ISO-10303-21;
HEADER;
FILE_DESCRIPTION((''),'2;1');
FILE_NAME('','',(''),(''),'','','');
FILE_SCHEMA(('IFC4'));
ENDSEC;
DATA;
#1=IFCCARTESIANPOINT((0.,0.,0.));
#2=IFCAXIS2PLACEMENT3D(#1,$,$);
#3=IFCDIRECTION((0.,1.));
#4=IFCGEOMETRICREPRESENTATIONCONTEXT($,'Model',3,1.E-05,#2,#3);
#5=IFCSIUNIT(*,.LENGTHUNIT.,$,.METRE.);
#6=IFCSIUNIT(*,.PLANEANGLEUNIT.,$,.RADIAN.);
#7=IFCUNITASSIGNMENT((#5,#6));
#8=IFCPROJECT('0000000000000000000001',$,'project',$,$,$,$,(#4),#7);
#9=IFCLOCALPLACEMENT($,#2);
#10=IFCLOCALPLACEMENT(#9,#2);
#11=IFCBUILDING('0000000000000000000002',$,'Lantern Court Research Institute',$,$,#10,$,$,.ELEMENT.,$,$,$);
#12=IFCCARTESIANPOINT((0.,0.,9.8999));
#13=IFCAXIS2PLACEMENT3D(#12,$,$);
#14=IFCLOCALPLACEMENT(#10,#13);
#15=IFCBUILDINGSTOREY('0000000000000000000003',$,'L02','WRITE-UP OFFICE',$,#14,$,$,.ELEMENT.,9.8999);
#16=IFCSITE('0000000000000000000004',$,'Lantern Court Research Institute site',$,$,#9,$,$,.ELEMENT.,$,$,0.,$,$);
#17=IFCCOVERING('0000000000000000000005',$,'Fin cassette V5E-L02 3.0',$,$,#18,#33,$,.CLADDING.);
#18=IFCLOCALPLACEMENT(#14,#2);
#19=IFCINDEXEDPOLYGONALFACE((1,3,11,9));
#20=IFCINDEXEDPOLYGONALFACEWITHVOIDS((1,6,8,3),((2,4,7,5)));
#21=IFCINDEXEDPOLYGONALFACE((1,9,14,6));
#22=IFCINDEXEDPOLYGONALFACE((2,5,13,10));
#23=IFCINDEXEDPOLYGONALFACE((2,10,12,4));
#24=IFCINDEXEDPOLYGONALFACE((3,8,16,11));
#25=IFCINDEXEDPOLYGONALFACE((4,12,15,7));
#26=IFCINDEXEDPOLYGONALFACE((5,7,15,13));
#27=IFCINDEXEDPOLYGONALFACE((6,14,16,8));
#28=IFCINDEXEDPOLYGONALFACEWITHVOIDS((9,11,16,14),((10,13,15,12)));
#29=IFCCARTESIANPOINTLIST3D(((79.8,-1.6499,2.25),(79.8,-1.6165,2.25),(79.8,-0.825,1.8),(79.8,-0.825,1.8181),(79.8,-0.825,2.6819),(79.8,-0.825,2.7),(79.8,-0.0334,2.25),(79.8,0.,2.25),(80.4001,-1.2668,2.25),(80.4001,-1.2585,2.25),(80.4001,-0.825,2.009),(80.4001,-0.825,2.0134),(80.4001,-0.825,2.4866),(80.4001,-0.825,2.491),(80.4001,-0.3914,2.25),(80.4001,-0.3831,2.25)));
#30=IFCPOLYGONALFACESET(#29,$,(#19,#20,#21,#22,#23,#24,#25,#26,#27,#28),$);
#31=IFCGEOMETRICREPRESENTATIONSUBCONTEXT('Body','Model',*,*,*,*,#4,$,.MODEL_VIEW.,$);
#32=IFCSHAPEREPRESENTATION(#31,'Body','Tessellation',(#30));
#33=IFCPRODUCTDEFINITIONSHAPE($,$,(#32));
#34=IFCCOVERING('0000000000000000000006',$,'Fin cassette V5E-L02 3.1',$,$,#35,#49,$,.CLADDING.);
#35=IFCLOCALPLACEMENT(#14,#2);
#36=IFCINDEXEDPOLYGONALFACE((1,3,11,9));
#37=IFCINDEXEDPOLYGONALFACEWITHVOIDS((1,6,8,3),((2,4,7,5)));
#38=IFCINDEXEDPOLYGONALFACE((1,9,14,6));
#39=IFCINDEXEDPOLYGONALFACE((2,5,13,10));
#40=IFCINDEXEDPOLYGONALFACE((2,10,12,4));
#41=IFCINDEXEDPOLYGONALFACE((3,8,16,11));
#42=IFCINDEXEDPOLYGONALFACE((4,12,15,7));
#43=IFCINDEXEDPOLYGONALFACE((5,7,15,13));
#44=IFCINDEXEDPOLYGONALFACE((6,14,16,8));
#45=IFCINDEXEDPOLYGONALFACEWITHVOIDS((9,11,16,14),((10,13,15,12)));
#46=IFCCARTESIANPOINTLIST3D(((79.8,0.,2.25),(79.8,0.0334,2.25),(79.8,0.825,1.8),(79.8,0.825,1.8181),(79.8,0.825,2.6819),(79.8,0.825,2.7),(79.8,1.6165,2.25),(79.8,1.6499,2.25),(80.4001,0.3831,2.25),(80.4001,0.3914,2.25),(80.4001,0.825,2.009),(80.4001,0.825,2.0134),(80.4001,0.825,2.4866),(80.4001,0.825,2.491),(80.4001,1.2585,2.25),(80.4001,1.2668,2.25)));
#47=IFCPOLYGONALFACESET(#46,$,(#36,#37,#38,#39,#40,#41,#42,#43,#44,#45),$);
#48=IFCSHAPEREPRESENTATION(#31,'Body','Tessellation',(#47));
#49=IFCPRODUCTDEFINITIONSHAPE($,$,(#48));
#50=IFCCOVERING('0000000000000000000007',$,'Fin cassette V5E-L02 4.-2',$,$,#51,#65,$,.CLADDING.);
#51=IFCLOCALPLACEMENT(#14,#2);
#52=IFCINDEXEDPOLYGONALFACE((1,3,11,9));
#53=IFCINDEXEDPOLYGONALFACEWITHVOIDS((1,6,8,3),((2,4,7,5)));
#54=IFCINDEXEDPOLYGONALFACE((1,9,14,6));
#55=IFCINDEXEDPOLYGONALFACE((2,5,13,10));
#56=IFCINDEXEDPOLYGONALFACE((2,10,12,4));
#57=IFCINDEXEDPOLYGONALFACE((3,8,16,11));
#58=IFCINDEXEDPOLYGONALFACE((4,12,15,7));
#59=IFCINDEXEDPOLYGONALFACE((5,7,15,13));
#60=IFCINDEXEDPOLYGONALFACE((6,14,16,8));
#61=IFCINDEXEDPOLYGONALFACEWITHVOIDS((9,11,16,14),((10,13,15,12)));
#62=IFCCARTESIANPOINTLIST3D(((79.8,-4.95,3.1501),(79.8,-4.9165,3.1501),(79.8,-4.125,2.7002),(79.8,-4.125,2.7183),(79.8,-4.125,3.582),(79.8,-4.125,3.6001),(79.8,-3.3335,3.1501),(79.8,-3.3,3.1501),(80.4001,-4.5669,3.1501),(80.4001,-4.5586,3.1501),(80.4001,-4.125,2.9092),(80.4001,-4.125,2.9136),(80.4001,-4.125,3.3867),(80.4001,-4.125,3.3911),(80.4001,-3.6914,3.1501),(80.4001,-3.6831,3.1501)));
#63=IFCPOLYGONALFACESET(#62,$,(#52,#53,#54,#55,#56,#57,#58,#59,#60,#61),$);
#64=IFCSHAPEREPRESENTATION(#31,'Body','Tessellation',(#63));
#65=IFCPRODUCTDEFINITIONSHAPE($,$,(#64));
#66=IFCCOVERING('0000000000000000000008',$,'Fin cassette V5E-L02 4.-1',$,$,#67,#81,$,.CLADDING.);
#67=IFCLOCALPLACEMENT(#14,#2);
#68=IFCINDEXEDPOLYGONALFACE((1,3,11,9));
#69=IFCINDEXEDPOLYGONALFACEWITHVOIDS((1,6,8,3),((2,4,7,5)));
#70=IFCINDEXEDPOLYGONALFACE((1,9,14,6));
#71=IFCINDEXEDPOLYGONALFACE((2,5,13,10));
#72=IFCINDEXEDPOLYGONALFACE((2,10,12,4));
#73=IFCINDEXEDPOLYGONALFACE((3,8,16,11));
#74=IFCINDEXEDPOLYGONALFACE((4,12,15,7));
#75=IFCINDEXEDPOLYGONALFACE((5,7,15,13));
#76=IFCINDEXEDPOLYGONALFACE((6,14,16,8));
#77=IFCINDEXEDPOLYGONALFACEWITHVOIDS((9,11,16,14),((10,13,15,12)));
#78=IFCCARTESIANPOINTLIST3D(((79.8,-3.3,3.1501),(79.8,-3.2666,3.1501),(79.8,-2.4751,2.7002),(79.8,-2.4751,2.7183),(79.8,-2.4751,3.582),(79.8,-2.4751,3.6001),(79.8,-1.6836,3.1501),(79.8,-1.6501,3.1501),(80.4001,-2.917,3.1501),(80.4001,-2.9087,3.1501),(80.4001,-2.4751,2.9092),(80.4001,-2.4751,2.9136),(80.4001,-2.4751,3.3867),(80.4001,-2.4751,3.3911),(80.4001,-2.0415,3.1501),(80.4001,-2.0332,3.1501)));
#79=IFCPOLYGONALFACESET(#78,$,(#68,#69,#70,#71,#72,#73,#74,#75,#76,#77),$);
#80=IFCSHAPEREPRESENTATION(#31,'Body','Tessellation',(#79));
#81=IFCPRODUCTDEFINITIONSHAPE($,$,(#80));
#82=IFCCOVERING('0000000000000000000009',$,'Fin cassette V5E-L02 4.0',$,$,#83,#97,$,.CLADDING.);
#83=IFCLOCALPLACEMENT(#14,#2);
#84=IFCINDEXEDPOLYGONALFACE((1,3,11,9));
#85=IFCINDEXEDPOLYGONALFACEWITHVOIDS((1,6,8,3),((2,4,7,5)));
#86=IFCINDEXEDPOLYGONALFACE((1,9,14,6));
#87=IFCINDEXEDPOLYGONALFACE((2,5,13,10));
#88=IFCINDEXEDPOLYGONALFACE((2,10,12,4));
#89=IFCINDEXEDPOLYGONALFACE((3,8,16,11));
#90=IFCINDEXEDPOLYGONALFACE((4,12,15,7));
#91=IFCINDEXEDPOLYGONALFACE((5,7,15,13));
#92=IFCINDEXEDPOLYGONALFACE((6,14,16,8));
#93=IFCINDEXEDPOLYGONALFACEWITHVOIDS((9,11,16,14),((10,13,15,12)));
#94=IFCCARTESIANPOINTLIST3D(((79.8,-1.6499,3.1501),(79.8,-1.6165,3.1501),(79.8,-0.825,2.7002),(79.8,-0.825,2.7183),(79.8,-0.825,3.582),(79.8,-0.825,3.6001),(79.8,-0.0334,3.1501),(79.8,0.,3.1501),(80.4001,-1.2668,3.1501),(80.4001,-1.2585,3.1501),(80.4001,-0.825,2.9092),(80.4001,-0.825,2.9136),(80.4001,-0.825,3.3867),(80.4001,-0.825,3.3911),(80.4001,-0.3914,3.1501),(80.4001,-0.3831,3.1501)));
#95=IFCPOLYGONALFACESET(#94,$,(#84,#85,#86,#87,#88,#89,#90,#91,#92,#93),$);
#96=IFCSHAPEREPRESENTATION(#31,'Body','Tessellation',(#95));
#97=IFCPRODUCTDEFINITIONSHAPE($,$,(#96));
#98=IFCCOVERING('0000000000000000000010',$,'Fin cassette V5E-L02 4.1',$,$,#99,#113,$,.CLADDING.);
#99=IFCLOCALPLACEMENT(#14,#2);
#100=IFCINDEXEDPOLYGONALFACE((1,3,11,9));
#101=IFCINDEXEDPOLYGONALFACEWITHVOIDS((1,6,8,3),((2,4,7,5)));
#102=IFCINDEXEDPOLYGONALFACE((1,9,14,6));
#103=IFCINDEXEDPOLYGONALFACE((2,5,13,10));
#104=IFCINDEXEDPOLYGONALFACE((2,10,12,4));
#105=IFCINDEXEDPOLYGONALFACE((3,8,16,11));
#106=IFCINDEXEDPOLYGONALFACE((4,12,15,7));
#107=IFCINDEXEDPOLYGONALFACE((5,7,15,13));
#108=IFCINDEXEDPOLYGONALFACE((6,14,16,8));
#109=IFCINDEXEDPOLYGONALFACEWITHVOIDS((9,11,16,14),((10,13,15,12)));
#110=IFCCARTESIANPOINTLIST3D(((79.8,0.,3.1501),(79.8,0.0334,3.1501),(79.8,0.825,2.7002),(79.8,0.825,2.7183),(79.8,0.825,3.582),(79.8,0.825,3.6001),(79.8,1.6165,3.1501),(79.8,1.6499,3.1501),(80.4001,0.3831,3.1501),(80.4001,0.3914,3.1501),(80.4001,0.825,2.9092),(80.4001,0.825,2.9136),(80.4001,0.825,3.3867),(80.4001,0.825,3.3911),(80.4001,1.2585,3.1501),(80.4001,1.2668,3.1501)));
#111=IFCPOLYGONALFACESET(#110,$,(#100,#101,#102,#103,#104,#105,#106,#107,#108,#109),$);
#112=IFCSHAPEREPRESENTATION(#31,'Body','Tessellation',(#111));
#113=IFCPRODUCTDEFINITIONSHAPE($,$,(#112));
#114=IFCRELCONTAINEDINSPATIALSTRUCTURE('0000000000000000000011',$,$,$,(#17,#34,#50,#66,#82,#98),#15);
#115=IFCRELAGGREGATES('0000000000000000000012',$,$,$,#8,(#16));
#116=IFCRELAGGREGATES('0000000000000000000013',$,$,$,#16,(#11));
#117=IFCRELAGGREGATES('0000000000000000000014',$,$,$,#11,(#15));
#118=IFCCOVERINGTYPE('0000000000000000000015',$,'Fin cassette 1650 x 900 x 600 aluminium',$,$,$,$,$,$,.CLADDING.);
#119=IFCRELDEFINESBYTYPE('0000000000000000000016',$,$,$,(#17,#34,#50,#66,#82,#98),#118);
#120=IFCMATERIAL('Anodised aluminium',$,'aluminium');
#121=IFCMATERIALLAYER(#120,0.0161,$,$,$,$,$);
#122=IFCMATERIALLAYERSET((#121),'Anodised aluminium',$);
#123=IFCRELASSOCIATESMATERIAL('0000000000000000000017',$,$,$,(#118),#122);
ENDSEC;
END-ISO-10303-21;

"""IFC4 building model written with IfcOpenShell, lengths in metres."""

from ifc_helpers import new_model, entity, si_unit, direction, frame, origin, place, context, subcontext, project, spatial, material, layer, layer_set, type_object, element, save


model = new_model("IFC4")

# Units and contexts
model_context = context("Model", 3, precision=1e-05, world=origin(), true_north=direction((0.0, 1.0)))
body_context = subcontext(model_context, "Body", "Model", "MODEL_VIEW")
ifc_project = project(units=[si_unit("LENGTHUNIT", "METRE"), si_unit("PLANEANGLEUNIT", "RADIAN")], contexts=[model_context])

# Site, building, storey
site_placement = place(None, origin())
site = spatial("IfcSite", under=ifc_project, at=site_placement, Name="Lantern Court Research Institute site", CompositionType="ELEMENT", RefElevation=0.0)
building_placement = place(site_placement, origin())
building = spatial("IfcBuilding", under=site, at=building_placement, Name="Lantern Court Research Institute", CompositionType="ELEMENT")
storey_placement = place(building_placement, frame((0.0, 0.0, 9.8999)))
storey = spatial("IfcBuildingStorey", under=building, at=storey_placement, Name="L02", Description="WRITE-UP OFFICE", CompositionType="ELEMENT", Elevation=9.8999)

# Coverings
ifc_material_1 = material(Name="Anodised aluminium", Category="aluminium")
ifc_layer_1 = layer(ifc_material_1, 0.0161)
ifc_layer_set_1 = layer_set([ifc_layer_1], Name="Anodised aluminium")
covering_type = type_object("IfcCoveringType", Name="Fin cassette 1650 x 900 x 600 aluminium", PredefinedType="CLADDING", material=ifc_layer_set_1)
covering_1_placement = place(storey_placement, frame((79.8, -0.825, 2.25), z_axis=(1.0, 0.0, 0.0), x_axis=(0.0, 1.0, 0.0)))
cartesian_point_1 = entity("IfcCartesianPoint", [0.825, 0.0])
cartesian_point_2 = entity("IfcCartesianPoint", [0.7915, 0.0])
cartesian_point_3 = entity("IfcCartesianPoint", [0.4419, 0.0])
cartesian_point_4 = entity("IfcCartesianPoint", [0.4336, 0.0])
element("IfcCovering", 1, at=covering_1_placement, inside=storey, type_object=covering_type, Name="Fin cassette V5E-L02 3.0", PredefinedType="CLADDING", context=body_context, shape_type="SweptSolid", body=[
    entity("IfcExtrudedAreaSolidTapered", entity("IfcArbitraryProfileDefWithVoids", "AREA", None, entity("IfcPolyline", [cartesian_point_1, entity("IfcCartesianPoint", [0.0, 0.45]), entity("IfcCartesianPoint", [-0.825, 0.0]), entity("IfcCartesianPoint", [0.0, -0.45]), cartesian_point_1]), [entity("IfcPolyline", [cartesian_point_2, entity("IfcCartesianPoint", [0.0, 0.4319]), entity("IfcCartesianPoint", [-0.7915, 0.0]), entity("IfcCartesianPoint", [0.0, -0.4319]), cartesian_point_2])]), entity("IfcAxis2Placement3D", entity("IfcCartesianPoint", [0.0, 0.0, 0.0])), entity("IfcDirection", [0.0, 0.0, 1.0]), 0.6001, entity("IfcArbitraryProfileDefWithVoids", "AREA", None, entity("IfcPolyline", [cartesian_point_3, entity("IfcCartesianPoint", [0.0, 0.241]), entity("IfcCartesianPoint", [-0.4419, 0.0]), entity("IfcCartesianPoint", [0.0, -0.241]), cartesian_point_3]), [entity("IfcPolyline", [cartesian_point_4, entity("IfcCartesianPoint", [0.0, 0.2366]), entity("IfcCartesianPoint", [-0.4336, 0.0]), entity("IfcCartesianPoint", [0.0, -0.2366]), cartesian_point_4])])),
])
covering_2_placement = place(storey_placement, frame((79.8, 0.825, 2.25), z_axis=(1.0, 0.0, 0.0), x_axis=(0.0, 1.0, 0.0)))
cartesian_point_5 = entity("IfcCartesianPoint", [0.825, 0.0])
cartesian_point_6 = entity("IfcCartesianPoint", [0.7915, 0.0])
cartesian_point_7 = entity("IfcCartesianPoint", [0.4419, 0.0])
cartesian_point_8 = entity("IfcCartesianPoint", [0.4336, 0.0])
element("IfcCovering", 2, at=covering_2_placement, inside=storey, type_object=covering_type, Name="Fin cassette V5E-L02 3.1", PredefinedType="CLADDING", context=body_context, shape_type="SweptSolid", body=[
    entity("IfcExtrudedAreaSolidTapered", entity("IfcArbitraryProfileDefWithVoids", "AREA", None, entity("IfcPolyline", [cartesian_point_5, entity("IfcCartesianPoint", [0.0, 0.45]), entity("IfcCartesianPoint", [-0.825, 0.0]), entity("IfcCartesianPoint", [0.0, -0.45]), cartesian_point_5]), [entity("IfcPolyline", [cartesian_point_6, entity("IfcCartesianPoint", [0.0, 0.4319]), entity("IfcCartesianPoint", [-0.7915, 0.0]), entity("IfcCartesianPoint", [0.0, -0.4319]), cartesian_point_6])]), entity("IfcAxis2Placement3D", entity("IfcCartesianPoint", [0.0, 0.0, 0.0])), entity("IfcDirection", [0.0, 0.0, 1.0]), 0.6001, entity("IfcArbitraryProfileDefWithVoids", "AREA", None, entity("IfcPolyline", [cartesian_point_7, entity("IfcCartesianPoint", [0.0, 0.241]), entity("IfcCartesianPoint", [-0.4419, 0.0]), entity("IfcCartesianPoint", [0.0, -0.241]), cartesian_point_7]), [entity("IfcPolyline", [cartesian_point_8, entity("IfcCartesianPoint", [0.0, 0.2366]), entity("IfcCartesianPoint", [-0.4336, 0.0]), entity("IfcCartesianPoint", [0.0, -0.2366]), cartesian_point_8])])),
])
covering_3_placement = place(storey_placement, frame((79.8, -4.125, 3.1501), z_axis=(1.0, 0.0, 0.0), x_axis=(0.0, 1.0, 0.0)))
cartesian_point_9 = entity("IfcCartesianPoint", [0.825, 0.0])
cartesian_point_10 = entity("IfcCartesianPoint", [0.7915, 0.0])
cartesian_point_11 = entity("IfcCartesianPoint", [0.4419, 0.0])
cartesian_point_12 = entity("IfcCartesianPoint", [0.4336, 0.0])
element("IfcCovering", 3, at=covering_3_placement, inside=storey, type_object=covering_type, Name="Fin cassette V5E-L02 4.-2", PredefinedType="CLADDING", context=body_context, shape_type="SweptSolid", body=[
    entity("IfcExtrudedAreaSolidTapered", entity("IfcArbitraryProfileDefWithVoids", "AREA", None, entity("IfcPolyline", [cartesian_point_9, entity("IfcCartesianPoint", [0.0, 0.45]), entity("IfcCartesianPoint", [-0.825, 0.0]), entity("IfcCartesianPoint", [0.0, -0.45]), cartesian_point_9]), [entity("IfcPolyline", [cartesian_point_10, entity("IfcCartesianPoint", [0.0, 0.4319]), entity("IfcCartesianPoint", [-0.7915, 0.0]), entity("IfcCartesianPoint", [0.0, -0.4319]), cartesian_point_10])]), entity("IfcAxis2Placement3D", entity("IfcCartesianPoint", [0.0, 0.0, 0.0])), entity("IfcDirection", [0.0, 0.0, 1.0]), 0.6001, entity("IfcArbitraryProfileDefWithVoids", "AREA", None, entity("IfcPolyline", [cartesian_point_11, entity("IfcCartesianPoint", [0.0, 0.241]), entity("IfcCartesianPoint", [-0.4419, 0.0]), entity("IfcCartesianPoint", [0.0, -0.241]), cartesian_point_11]), [entity("IfcPolyline", [cartesian_point_12, entity("IfcCartesianPoint", [0.0, 0.2366]), entity("IfcCartesianPoint", [-0.4336, 0.0]), entity("IfcCartesianPoint", [0.0, -0.2366]), cartesian_point_12])])),
])
covering_4_placement = place(storey_placement, frame((79.8, -2.4751, 3.1501), z_axis=(1.0, 0.0, 0.0), x_axis=(0.0, 1.0, 0.0)))
cartesian_point_13 = entity("IfcCartesianPoint", [0.825, 0.0])
cartesian_point_14 = entity("IfcCartesianPoint", [0.7915, 0.0])
cartesian_point_15 = entity("IfcCartesianPoint", [0.4419, 0.0])
cartesian_point_16 = entity("IfcCartesianPoint", [0.4336, 0.0])
element("IfcCovering", 4, at=covering_4_placement, inside=storey, type_object=covering_type, Name="Fin cassette V5E-L02 4.-1", PredefinedType="CLADDING", context=body_context, shape_type="SweptSolid", body=[
    entity("IfcExtrudedAreaSolidTapered", entity("IfcArbitraryProfileDefWithVoids", "AREA", None, entity("IfcPolyline", [cartesian_point_13, entity("IfcCartesianPoint", [0.0, 0.45]), entity("IfcCartesianPoint", [-0.825, 0.0]), entity("IfcCartesianPoint", [0.0, -0.45]), cartesian_point_13]), [entity("IfcPolyline", [cartesian_point_14, entity("IfcCartesianPoint", [0.0, 0.4319]), entity("IfcCartesianPoint", [-0.7915, 0.0]), entity("IfcCartesianPoint", [0.0, -0.4319]), cartesian_point_14])]), entity("IfcAxis2Placement3D", entity("IfcCartesianPoint", [0.0, 0.0, 0.0])), entity("IfcDirection", [0.0, 0.0, 1.0]), 0.6001, entity("IfcArbitraryProfileDefWithVoids", "AREA", None, entity("IfcPolyline", [cartesian_point_15, entity("IfcCartesianPoint", [0.0, 0.241]), entity("IfcCartesianPoint", [-0.4419, 0.0]), entity("IfcCartesianPoint", [0.0, -0.241]), cartesian_point_15]), [entity("IfcPolyline", [cartesian_point_16, entity("IfcCartesianPoint", [0.0, 0.2366]), entity("IfcCartesianPoint", [-0.4336, 0.0]), entity("IfcCartesianPoint", [0.0, -0.2366]), cartesian_point_16])])),
])
covering_5_placement = place(storey_placement, frame((79.8, -0.825, 3.1501), z_axis=(1.0, 0.0, 0.0), x_axis=(0.0, 1.0, 0.0)))
cartesian_point_17 = entity("IfcCartesianPoint", [0.825, 0.0])
cartesian_point_18 = entity("IfcCartesianPoint", [0.7915, 0.0])
cartesian_point_19 = entity("IfcCartesianPoint", [0.4419, 0.0])
cartesian_point_20 = entity("IfcCartesianPoint", [0.4336, 0.0])
element("IfcCovering", 5, at=covering_5_placement, inside=storey, type_object=covering_type, Name="Fin cassette V5E-L02 4.0", PredefinedType="CLADDING", context=body_context, shape_type="SweptSolid", body=[
    entity("IfcExtrudedAreaSolidTapered", entity("IfcArbitraryProfileDefWithVoids", "AREA", None, entity("IfcPolyline", [cartesian_point_17, entity("IfcCartesianPoint", [0.0, 0.45]), entity("IfcCartesianPoint", [-0.825, 0.0]), entity("IfcCartesianPoint", [0.0, -0.45]), cartesian_point_17]), [entity("IfcPolyline", [cartesian_point_18, entity("IfcCartesianPoint", [0.0, 0.4319]), entity("IfcCartesianPoint", [-0.7915, 0.0]), entity("IfcCartesianPoint", [0.0, -0.4319]), cartesian_point_18])]), entity("IfcAxis2Placement3D", entity("IfcCartesianPoint", [0.0, 0.0, 0.0])), entity("IfcDirection", [0.0, 0.0, 1.0]), 0.6001, entity("IfcArbitraryProfileDefWithVoids", "AREA", None, entity("IfcPolyline", [cartesian_point_19, entity("IfcCartesianPoint", [0.0, 0.241]), entity("IfcCartesianPoint", [-0.4419, 0.0]), entity("IfcCartesianPoint", [0.0, -0.241]), cartesian_point_19]), [entity("IfcPolyline", [cartesian_point_20, entity("IfcCartesianPoint", [0.0, 0.2366]), entity("IfcCartesianPoint", [-0.4336, 0.0]), entity("IfcCartesianPoint", [0.0, -0.2366]), cartesian_point_20])])),
])
covering_6_placement = place(storey_placement, frame((79.8, 0.825, 3.1501), z_axis=(1.0, 0.0, 0.0), x_axis=(0.0, 1.0, 0.0)))
cartesian_point_21 = entity("IfcCartesianPoint", [0.825, 0.0])
cartesian_point_22 = entity("IfcCartesianPoint", [0.7915, 0.0])
cartesian_point_23 = entity("IfcCartesianPoint", [0.4419, 0.0])
cartesian_point_24 = entity("IfcCartesianPoint", [0.4336, 0.0])
element("IfcCovering", 6, at=covering_6_placement, inside=storey, type_object=covering_type, Name="Fin cassette V5E-L02 4.1", PredefinedType="CLADDING", context=body_context, shape_type="SweptSolid", body=[
    entity("IfcExtrudedAreaSolidTapered", entity("IfcArbitraryProfileDefWithVoids", "AREA", None, entity("IfcPolyline", [cartesian_point_21, entity("IfcCartesianPoint", [0.0, 0.45]), entity("IfcCartesianPoint", [-0.825, 0.0]), entity("IfcCartesianPoint", [0.0, -0.45]), cartesian_point_21]), [entity("IfcPolyline", [cartesian_point_22, entity("IfcCartesianPoint", [0.0, 0.4319]), entity("IfcCartesianPoint", [-0.7915, 0.0]), entity("IfcCartesianPoint", [0.0, -0.4319]), cartesian_point_22])]), entity("IfcAxis2Placement3D", entity("IfcCartesianPoint", [0.0, 0.0, 0.0])), entity("IfcDirection", [0.0, 0.0, 1.0]), 0.6001, entity("IfcArbitraryProfileDefWithVoids", "AREA", None, entity("IfcPolyline", [cartesian_point_23, entity("IfcCartesianPoint", [0.0, 0.241]), entity("IfcCartesianPoint", [-0.4419, 0.0]), entity("IfcCartesianPoint", [0.0, -0.241]), cartesian_point_23]), [entity("IfcPolyline", [cartesian_point_24, entity("IfcCartesianPoint", [0.0, 0.2366]), entity("IfcCartesianPoint", [-0.4336, 0.0]), entity("IfcCartesianPoint", [0.0, -0.2366]), cartesian_point_24])])),
])

save(model, "model.ifc")
